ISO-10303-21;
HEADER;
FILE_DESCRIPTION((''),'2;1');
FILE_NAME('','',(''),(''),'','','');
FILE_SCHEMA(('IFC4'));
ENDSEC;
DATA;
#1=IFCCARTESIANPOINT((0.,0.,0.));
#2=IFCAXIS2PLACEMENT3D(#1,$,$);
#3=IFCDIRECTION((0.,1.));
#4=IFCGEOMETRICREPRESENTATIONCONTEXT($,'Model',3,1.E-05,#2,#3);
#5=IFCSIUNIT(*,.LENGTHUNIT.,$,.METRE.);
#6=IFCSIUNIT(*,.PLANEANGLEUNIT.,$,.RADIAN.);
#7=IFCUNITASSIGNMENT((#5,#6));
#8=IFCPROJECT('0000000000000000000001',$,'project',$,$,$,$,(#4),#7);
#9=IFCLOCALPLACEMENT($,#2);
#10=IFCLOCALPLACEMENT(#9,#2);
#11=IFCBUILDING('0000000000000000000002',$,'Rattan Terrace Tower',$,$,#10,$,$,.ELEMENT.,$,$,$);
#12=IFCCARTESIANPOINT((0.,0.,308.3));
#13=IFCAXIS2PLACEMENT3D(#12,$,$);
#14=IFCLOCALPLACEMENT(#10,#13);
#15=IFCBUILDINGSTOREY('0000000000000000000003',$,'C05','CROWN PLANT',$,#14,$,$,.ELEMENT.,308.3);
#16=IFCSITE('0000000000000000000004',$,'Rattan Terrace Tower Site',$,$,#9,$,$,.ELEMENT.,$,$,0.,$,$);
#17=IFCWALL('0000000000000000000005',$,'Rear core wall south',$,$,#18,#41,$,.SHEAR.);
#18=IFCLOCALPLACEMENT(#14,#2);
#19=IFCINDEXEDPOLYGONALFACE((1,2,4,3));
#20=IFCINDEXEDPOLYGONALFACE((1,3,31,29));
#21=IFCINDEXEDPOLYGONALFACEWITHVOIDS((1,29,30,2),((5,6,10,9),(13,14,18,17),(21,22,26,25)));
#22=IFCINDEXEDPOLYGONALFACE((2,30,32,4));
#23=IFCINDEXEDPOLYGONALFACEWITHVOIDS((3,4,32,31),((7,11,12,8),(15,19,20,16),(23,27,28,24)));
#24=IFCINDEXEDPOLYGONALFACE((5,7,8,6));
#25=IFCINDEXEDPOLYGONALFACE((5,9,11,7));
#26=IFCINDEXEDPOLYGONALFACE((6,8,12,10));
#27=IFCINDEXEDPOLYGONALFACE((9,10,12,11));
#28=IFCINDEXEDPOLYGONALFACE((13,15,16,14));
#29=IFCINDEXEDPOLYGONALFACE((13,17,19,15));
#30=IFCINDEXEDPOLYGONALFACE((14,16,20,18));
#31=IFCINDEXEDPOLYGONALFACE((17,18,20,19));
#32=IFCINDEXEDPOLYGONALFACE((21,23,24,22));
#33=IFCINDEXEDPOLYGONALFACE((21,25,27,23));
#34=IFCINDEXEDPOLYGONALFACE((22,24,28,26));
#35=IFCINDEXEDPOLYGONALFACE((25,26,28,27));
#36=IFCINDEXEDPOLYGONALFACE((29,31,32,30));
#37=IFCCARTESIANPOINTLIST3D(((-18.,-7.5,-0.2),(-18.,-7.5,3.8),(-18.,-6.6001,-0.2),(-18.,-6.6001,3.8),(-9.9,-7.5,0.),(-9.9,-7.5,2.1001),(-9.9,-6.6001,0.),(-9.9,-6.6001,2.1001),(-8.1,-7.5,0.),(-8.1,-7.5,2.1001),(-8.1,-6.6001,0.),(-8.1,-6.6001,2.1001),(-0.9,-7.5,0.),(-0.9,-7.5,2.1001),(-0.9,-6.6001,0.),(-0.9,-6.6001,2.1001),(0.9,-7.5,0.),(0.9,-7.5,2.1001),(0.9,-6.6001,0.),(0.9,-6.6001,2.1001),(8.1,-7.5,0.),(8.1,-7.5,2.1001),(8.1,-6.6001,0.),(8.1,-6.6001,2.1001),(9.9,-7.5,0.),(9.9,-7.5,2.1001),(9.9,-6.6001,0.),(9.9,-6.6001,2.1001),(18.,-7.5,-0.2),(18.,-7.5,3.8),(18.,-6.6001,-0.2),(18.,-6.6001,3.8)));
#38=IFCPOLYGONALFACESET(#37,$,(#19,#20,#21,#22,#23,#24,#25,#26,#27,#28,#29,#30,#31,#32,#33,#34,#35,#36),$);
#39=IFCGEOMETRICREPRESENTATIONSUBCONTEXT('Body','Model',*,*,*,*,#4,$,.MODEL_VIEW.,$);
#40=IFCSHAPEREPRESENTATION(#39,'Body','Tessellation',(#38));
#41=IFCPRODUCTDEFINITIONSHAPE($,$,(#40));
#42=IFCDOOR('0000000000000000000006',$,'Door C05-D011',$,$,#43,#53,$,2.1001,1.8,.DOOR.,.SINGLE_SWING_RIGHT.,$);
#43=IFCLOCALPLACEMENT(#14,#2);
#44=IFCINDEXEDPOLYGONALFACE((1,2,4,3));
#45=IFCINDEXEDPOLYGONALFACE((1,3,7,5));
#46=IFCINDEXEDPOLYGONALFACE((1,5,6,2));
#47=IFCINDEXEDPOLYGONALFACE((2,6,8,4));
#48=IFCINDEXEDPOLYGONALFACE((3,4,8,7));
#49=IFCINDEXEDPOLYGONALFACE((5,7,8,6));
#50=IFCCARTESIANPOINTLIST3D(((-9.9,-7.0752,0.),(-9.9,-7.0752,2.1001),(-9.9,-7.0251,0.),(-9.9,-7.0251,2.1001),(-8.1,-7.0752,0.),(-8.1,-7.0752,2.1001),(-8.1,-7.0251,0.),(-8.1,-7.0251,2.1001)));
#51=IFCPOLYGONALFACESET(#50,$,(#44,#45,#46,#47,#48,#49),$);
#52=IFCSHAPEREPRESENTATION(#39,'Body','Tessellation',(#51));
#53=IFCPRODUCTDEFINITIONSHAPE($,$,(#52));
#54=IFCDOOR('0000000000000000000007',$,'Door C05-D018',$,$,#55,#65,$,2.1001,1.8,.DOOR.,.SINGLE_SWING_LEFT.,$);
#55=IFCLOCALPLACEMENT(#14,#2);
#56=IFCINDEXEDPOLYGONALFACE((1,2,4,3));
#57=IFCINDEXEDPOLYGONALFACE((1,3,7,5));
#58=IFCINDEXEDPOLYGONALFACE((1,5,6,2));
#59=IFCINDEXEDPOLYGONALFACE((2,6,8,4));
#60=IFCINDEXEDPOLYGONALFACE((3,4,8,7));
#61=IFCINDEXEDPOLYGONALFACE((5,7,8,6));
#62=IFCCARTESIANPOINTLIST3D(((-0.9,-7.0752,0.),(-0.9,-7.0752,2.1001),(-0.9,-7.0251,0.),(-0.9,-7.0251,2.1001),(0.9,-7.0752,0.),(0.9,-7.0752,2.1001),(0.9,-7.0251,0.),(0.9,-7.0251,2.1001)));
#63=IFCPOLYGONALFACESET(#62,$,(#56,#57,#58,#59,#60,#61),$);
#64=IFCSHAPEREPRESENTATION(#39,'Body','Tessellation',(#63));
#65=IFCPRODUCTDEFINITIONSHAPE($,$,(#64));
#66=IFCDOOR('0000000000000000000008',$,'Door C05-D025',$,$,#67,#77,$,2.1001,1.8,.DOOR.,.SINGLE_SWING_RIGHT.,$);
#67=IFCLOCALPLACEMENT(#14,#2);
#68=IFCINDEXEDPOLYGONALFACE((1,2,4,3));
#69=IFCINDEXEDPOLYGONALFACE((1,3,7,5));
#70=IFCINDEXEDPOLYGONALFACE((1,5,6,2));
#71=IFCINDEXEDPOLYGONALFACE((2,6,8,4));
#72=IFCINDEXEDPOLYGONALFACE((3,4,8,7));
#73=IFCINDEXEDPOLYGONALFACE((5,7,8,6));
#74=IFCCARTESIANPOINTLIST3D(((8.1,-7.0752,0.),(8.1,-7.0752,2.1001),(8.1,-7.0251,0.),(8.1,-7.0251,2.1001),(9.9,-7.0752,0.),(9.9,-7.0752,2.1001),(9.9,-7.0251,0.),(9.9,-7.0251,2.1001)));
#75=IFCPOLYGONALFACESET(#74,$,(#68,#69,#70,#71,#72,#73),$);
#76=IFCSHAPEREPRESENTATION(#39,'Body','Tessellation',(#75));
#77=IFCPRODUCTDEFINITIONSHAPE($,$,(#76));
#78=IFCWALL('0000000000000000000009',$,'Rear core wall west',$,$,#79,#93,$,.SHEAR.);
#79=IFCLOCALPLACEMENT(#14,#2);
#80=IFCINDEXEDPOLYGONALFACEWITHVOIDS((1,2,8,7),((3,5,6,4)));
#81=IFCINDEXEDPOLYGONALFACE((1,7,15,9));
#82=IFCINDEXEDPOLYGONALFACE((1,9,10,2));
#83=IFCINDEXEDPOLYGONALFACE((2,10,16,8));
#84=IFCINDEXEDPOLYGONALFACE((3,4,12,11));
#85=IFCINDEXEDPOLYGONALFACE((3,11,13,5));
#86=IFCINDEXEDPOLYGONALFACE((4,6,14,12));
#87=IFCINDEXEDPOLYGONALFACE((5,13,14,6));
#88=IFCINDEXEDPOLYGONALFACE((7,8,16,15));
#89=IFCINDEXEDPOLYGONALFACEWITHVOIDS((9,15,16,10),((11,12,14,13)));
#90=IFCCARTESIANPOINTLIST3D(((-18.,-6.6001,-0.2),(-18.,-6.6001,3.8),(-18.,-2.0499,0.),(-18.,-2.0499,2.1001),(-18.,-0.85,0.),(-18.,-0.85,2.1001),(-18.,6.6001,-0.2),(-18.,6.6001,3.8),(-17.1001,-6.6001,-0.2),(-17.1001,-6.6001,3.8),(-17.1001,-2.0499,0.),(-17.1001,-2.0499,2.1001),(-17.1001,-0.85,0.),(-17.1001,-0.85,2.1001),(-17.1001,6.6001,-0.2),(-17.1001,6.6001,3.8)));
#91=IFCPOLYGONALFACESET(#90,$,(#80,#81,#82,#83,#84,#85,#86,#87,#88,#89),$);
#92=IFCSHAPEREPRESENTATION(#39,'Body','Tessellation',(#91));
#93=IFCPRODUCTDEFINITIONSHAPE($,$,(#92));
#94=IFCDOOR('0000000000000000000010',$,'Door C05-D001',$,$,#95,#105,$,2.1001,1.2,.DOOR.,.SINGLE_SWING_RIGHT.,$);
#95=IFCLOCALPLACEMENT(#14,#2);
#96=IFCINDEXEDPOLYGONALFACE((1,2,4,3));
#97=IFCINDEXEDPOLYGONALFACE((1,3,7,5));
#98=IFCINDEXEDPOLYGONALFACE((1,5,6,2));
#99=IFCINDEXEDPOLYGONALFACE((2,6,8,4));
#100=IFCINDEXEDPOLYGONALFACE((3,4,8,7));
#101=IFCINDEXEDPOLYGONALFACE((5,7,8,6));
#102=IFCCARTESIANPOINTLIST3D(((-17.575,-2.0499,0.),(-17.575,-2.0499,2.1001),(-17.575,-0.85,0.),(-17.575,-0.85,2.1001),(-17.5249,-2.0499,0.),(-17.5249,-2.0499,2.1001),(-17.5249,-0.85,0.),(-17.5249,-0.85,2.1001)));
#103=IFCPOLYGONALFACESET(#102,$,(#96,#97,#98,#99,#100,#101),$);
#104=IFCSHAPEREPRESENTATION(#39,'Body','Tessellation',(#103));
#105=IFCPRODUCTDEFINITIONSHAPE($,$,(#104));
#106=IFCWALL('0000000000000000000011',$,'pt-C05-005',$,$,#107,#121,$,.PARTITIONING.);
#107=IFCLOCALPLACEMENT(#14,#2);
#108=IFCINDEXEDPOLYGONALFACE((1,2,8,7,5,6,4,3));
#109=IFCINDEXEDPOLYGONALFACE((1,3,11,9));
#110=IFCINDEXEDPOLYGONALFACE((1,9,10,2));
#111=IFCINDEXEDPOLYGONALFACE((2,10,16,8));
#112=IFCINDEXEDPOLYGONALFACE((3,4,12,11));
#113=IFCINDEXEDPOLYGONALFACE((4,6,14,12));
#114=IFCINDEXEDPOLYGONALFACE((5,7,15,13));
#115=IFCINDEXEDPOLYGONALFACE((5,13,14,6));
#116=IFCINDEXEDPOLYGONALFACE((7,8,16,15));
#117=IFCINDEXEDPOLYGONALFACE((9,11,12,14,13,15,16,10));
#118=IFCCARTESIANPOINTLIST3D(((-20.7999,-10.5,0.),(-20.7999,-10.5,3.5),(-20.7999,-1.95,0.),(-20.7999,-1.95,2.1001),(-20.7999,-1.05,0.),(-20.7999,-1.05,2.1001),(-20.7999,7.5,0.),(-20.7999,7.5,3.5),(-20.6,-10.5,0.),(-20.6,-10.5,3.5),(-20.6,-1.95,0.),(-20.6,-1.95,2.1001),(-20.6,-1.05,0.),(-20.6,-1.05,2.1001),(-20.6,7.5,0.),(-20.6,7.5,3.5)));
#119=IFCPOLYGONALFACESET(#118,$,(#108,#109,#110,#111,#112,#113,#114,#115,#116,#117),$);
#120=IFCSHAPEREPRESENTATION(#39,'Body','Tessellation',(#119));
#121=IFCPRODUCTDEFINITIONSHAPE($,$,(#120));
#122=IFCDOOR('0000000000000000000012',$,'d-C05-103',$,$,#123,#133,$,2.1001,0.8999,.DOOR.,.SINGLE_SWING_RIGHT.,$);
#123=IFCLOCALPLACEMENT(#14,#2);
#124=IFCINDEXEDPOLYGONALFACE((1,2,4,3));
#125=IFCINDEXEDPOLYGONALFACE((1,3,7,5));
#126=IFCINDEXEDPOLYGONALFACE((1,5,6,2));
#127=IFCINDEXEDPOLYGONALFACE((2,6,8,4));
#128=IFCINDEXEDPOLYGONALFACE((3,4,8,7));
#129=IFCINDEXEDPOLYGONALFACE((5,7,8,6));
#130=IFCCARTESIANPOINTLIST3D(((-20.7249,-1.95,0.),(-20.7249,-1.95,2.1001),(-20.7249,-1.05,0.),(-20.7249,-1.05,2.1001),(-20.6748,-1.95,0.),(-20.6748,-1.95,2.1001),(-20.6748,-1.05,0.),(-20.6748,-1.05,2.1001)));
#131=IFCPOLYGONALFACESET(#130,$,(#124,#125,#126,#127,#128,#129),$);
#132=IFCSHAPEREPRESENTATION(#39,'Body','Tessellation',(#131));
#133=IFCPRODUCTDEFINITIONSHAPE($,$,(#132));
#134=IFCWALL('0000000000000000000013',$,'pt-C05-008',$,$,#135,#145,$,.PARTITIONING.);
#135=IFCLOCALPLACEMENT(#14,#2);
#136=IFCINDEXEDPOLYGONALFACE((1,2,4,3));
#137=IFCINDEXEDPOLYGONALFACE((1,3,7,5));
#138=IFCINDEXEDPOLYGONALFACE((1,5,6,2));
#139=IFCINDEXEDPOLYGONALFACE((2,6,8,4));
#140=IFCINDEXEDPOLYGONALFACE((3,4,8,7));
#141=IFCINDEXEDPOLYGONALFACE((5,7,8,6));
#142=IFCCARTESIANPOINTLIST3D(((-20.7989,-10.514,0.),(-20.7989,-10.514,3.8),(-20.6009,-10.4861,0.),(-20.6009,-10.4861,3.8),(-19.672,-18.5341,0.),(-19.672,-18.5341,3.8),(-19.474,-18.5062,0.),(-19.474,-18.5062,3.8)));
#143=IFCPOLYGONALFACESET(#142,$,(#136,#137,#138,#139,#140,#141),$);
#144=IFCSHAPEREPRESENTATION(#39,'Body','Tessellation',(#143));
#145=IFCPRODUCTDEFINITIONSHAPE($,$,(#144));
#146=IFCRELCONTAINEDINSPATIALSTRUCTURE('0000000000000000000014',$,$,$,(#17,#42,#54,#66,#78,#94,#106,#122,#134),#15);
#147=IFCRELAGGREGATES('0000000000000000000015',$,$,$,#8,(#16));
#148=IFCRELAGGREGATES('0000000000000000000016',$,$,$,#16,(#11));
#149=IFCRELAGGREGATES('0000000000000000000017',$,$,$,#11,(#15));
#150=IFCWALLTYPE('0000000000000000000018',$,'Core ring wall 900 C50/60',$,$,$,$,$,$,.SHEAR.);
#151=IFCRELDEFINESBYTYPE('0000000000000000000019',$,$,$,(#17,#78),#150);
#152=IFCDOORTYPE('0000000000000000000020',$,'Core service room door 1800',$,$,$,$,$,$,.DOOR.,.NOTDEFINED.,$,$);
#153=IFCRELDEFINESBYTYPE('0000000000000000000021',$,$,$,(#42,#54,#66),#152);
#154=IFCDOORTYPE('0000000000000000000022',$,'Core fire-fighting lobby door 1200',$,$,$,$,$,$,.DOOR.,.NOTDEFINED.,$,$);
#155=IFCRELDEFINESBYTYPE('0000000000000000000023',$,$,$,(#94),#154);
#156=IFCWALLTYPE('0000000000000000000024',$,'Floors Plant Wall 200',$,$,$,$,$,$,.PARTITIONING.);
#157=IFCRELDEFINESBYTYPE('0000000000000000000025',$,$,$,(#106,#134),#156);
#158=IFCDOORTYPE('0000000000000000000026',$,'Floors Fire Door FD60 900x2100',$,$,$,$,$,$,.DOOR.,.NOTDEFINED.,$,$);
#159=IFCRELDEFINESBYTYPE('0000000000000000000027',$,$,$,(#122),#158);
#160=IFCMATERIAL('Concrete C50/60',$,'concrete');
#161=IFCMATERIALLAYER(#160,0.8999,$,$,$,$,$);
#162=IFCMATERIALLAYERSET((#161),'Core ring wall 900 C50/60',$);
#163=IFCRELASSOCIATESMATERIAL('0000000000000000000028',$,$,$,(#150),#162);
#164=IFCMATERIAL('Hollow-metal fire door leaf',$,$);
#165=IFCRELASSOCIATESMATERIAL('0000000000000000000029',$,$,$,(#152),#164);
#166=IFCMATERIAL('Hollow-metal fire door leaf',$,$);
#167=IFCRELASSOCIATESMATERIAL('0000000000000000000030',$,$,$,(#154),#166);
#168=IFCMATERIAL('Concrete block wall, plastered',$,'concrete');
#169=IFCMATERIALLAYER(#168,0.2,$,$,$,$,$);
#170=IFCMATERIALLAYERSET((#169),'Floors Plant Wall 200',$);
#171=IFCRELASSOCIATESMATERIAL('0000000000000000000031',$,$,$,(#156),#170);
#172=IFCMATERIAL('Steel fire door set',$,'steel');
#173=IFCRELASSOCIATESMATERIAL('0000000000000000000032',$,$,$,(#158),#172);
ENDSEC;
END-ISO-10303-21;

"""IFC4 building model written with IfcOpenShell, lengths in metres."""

from ifc_helpers import new_model, si_unit, direction, frame, frame_2d, origin, place, context, subcontext, project, spatial, rectangle, extrude, material, layer, layer_set, type_object, element, fill, save


model = new_model("IFC4")

# Units and contexts
model_context = context("Model", 3, precision=1e-05, world=origin(), true_north=direction((0.0, 1.0)))
body_context = subcontext(model_context, "Body", "Model", "MODEL_VIEW")
ifc_project = project(units=[si_unit("LENGTHUNIT", "METRE"), si_unit("PLANEANGLEUNIT", "RADIAN")], contexts=[model_context])

# Site, building, storey
site_placement = place(None, origin())
site = spatial("IfcSite", under=ifc_project, at=site_placement, Name="Rattan Terrace Tower Site", CompositionType="ELEMENT", RefElevation=0.0)
building_placement = place(site_placement, origin())
building = spatial("IfcBuilding", under=site, at=building_placement, Name="Rattan Terrace Tower", CompositionType="ELEMENT")
storey_placement = place(building_placement, frame((0.0, 0.0, 308.3)))
storey = spatial("IfcBuildingStorey", under=building, at=storey_placement, Name="C05", Description="CROWN PLANT", CompositionType="ELEMENT", Elevation=308.3)

# Wall, openings, doors
ifc_material_1 = material(Name="Concrete C50/60", Category="concrete")
ifc_layer_1 = layer(ifc_material_1, 0.8999)
ifc_layer_set_1 = layer_set([ifc_layer_1], Name="Core ring wall 900 C50/60")
wall_type_1 = type_object("IfcWallType", Name="Core ring wall 900 C50/60", PredefinedType="SHEAR", material=ifc_layer_set_1)
wall_1_placement = place(storey_placement, frame((-18.0, -7.05, -0.2), z_axis=(0.0, 0.0, 1.0), x_axis=(1.0, 0.0, 0.0)))
wall_1 = element("IfcWall", 1, at=wall_1_placement, inside=storey, type_object=wall_type_1, Name="Rear core wall south", PredefinedType="SHEAR", context=body_context, shape_type="SweptSolid", body=[
    extrude(rectangle(XDim=36.0, YDim=0.8999, at=frame_2d((18.0, 0.0))), origin(), (0.0, 0.0, 1.0), 4.0),
])
opening_1_placement = place(wall_1_placement, frame((8.1001, 0.0, 0.2)))
opening_1 = element("IfcOpeningElement", 2, at=opening_1_placement, cuts=wall_1, PredefinedType="OPENING", context=body_context, shape_type="SweptSolid", body=[
    extrude(rectangle(XDim=1.8, YDim=2.1001, at=frame_2d((0.8999, 1.05))), frame((0.0, 0.4604, 0.0), z_axis=(0.0, -1.0, 0.0), x_axis=(1.0, 0.0, 0.0)), (0.0, 0.0, 1.0), 0.9209),
])
opening_2_placement = place(wall_1_placement, frame((17.1001, 0.0, 0.2)))
opening_2 = element("IfcOpeningElement", 3, at=opening_2_placement, cuts=wall_1, PredefinedType="OPENING", context=body_context, shape_type="SweptSolid", body=[
    extrude(rectangle(XDim=1.8, YDim=2.1001, at=frame_2d((0.8999, 1.05))), frame((0.0, 0.4604, 0.0), z_axis=(0.0, -1.0, 0.0), x_axis=(1.0, 0.0, 0.0)), (0.0, 0.0, 1.0), 0.9209),
])
opening_3_placement = place(wall_1_placement, frame((26.1001, 0.0, 0.2)))
opening_3 = element("IfcOpeningElement", 4, at=opening_3_placement, cuts=wall_1, PredefinedType="OPENING", context=body_context, shape_type="SweptSolid", body=[
    extrude(rectangle(XDim=1.8, YDim=2.1001, at=frame_2d((0.8999, 1.05))), frame((0.0, 0.4604, 0.0), z_axis=(0.0, -1.0, 0.0), x_axis=(1.0, 0.0, 0.0)), (0.0, 0.0, 1.0), 0.9209),
])
ifc_material_2 = material(Name="Hollow-metal fire door leaf")
door_type_1 = type_object("IfcDoorType", Name="Core service room door 1800", OperationType="NOTDEFINED", PredefinedType="DOOR", material=ifc_material_2)
door_1_placement = place(opening_1_placement, origin())
door_1 = element("IfcDoor", 5, at=door_1_placement, inside=storey, type_object=door_type_1, Name="Door C05-D011", OperationType="SINGLE_SWING_RIGHT", OverallHeight=2.1001, OverallWidth=1.8, PredefinedType="DOOR", context=body_context, shape_type="SweptSolid", body=[
    extrude(rectangle(XDim=1.8, YDim=2.1001, at=frame_2d((0.8999, 1.05))), frame((0.0, 0.0249, 0.0), z_axis=(0.0, -1.0, 0.0), x_axis=(1.0, 0.0, 0.0)), (0.0, 0.0, 1.0), 0.05),
])
fill(opening_1, door_1)
door_2_placement = place(opening_2_placement, origin())
door_2 = element("IfcDoor", 6, at=door_2_placement, inside=storey, type_object=door_type_1, Name="Door C05-D018", OperationType="SINGLE_SWING_LEFT", OverallHeight=2.1001, OverallWidth=1.8, PredefinedType="DOOR", context=body_context, shape_type="SweptSolid", body=[
    extrude(rectangle(XDim=1.8, YDim=2.1001, at=frame_2d((0.8999, 1.05))), frame((0.0, 0.0249, 0.0), z_axis=(0.0, -1.0, 0.0), x_axis=(1.0, 0.0, 0.0)), (0.0, 0.0, 1.0), 0.05),
])
fill(opening_2, door_2)
door_3_placement = place(opening_3_placement, origin())
door_3 = element("IfcDoor", 7, at=door_3_placement, inside=storey, type_object=door_type_1, Name="Door C05-D025", OperationType="SINGLE_SWING_RIGHT", OverallHeight=2.1001, OverallWidth=1.8, PredefinedType="DOOR", context=body_context, shape_type="SweptSolid", body=[
    extrude(rectangle(XDim=1.8, YDim=2.1001, at=frame_2d((0.8999, 1.05))), frame((0.0, 0.0249, 0.0), z_axis=(0.0, -1.0, 0.0), x_axis=(1.0, 0.0, 0.0)), (0.0, 0.0, 1.0), 0.05),
])
fill(opening_3, door_3)

# Walls, openings, doors
wall_2_placement = place(storey_placement, frame((-17.55, -6.6001, -0.2), z_axis=(0.0, 0.0, 1.0), x_axis=(0.0, 1.0, 0.0)))
wall_2 = element("IfcWall", 8, at=wall_2_placement, inside=storey, type_object=wall_type_1, Name="Rear core wall west", PredefinedType="SHEAR", context=body_context, shape_type="SweptSolid", body=[
    extrude(rectangle(XDim=13.2002, YDim=0.8999, at=frame_2d((6.6001, 0.0))), origin(), (0.0, 0.0, 1.0), 4.0),
])
opening_4_placement = place(wall_2_placement, frame((4.55, 0.0, 0.2)))
opening_4 = element("IfcOpeningElement", 9, at=opening_4_placement, cuts=wall_2, PredefinedType="OPENING", context=body_context, shape_type="SweptSolid", body=[
    extrude(rectangle(XDim=1.2, YDim=2.1001, at=frame_2d((0.6001, 1.05))), frame((0.0, 0.4604, 0.0), z_axis=(0.0, -1.0, 0.0), x_axis=(1.0, 0.0, 0.0)), (0.0, 0.0, 1.0), 0.9209),
])
ifc_material_3 = material(Name="Hollow-metal fire door leaf")
door_type_2 = type_object("IfcDoorType", Name="Core fire-fighting lobby door 1200", OperationType="NOTDEFINED", PredefinedType="DOOR", material=ifc_material_3)
door_4_placement = place(opening_4_placement, origin())
door_4 = element("IfcDoor", 10, at=door_4_placement, inside=storey, type_object=door_type_2, Name="Door C05-D001", OperationType="SINGLE_SWING_RIGHT", OverallHeight=2.1001, OverallWidth=1.2, PredefinedType="DOOR", context=body_context, shape_type="SweptSolid", body=[
    extrude(rectangle(XDim=1.2, YDim=2.1001, at=frame_2d((0.6001, 1.05))), frame((0.0, 0.0249, 0.0), z_axis=(0.0, -1.0, 0.0), x_axis=(1.0, 0.0, 0.0)), (0.0, 0.0, 1.0), 0.05),
])
fill(opening_4, door_4)
ifc_material_4 = material(Name="Concrete block wall, plastered", Category="concrete")
ifc_layer_2 = layer(ifc_material_4, 0.2)
ifc_layer_set_2 = layer_set([ifc_layer_2], Name="Floors Plant Wall 200")
wall_type_2 = type_object("IfcWallType", Name="Floors Plant Wall 200", PredefinedType="PARTITIONING", material=ifc_layer_set_2)
wall_3_placement = place(storey_placement, frame((-20.7, -10.5, 0.0), z_axis=(0.0, 0.0, 1.0), x_axis=(0.0, 1.0, 0.0)))
wall_3 = element("IfcWall", 11, at=wall_3_placement, inside=storey, type_object=wall_type_2, Name="pt-C05-005", PredefinedType="PARTITIONING", context=body_context, shape_type="SweptSolid", body=[
    extrude(rectangle(XDim=18.0, YDim=0.2, at=frame_2d((9.0, 0.0))), origin(), (0.0, 0.0, 1.0), 3.5),
])
opening_5_placement = place(wall_3_placement, frame((8.55, 0.0, 0.0)))
opening_5 = element("IfcOpeningElement", 12, at=opening_5_placement, cuts=wall_3, PredefinedType="OPENING", context=body_context, shape_type="SweptSolid", body=[
    extrude(rectangle(XDim=0.8999, YDim=2.1001, at=frame_2d((0.45, 1.05))), frame((0.0, 0.1106, 0.0), z_axis=(0.0, -1.0, 0.0), x_axis=(1.0, 0.0, 0.0)), (0.0, 0.0, 1.0), 0.2209),
])
ifc_material_5 = material(Name="Steel fire door set", Category="steel")
door_type_3 = type_object("IfcDoorType", Name="Floors Fire Door FD60 900x2100", OperationType="NOTDEFINED", PredefinedType="DOOR", material=ifc_material_5)
door_5_placement = place(opening_5_placement, origin())
door_5 = element("IfcDoor", 13, at=door_5_placement, inside=storey, type_object=door_type_3, Name="d-C05-103", OperationType="SINGLE_SWING_RIGHT", OverallHeight=2.1001, OverallWidth=0.8999, PredefinedType="DOOR", context=body_context, shape_type="SweptSolid", body=[
    extrude(rectangle(XDim=0.8999, YDim=2.1001, at=frame_2d((0.45, 1.05))), frame((0.0, 0.0249, 0.0), z_axis=(0.0, -1.0, 0.0), x_axis=(1.0, 0.0, 0.0)), (0.0, 0.0, 1.0), 0.05),
])
fill(opening_5, door_5)

# Wall
wall_4_placement = place(storey_placement, frame((-19.573, -18.52, 0.0), z_axis=(0.0, 0.0, 1.0), x_axis=(-0.13915, 0.990271, 0.0)))
element("IfcWall", 14, at=wall_4_placement, inside=storey, type_object=wall_type_2, Name="pt-C05-008", PredefinedType="PARTITIONING", context=body_context, shape_type="SweptSolid", body=[
    extrude(rectangle(XDim=8.0989, YDim=0.2, at=frame_2d((4.0493, 0.0))), origin(), (0.0, 0.0, 1.0), 3.8),
])

save(model, "model.ifc")
